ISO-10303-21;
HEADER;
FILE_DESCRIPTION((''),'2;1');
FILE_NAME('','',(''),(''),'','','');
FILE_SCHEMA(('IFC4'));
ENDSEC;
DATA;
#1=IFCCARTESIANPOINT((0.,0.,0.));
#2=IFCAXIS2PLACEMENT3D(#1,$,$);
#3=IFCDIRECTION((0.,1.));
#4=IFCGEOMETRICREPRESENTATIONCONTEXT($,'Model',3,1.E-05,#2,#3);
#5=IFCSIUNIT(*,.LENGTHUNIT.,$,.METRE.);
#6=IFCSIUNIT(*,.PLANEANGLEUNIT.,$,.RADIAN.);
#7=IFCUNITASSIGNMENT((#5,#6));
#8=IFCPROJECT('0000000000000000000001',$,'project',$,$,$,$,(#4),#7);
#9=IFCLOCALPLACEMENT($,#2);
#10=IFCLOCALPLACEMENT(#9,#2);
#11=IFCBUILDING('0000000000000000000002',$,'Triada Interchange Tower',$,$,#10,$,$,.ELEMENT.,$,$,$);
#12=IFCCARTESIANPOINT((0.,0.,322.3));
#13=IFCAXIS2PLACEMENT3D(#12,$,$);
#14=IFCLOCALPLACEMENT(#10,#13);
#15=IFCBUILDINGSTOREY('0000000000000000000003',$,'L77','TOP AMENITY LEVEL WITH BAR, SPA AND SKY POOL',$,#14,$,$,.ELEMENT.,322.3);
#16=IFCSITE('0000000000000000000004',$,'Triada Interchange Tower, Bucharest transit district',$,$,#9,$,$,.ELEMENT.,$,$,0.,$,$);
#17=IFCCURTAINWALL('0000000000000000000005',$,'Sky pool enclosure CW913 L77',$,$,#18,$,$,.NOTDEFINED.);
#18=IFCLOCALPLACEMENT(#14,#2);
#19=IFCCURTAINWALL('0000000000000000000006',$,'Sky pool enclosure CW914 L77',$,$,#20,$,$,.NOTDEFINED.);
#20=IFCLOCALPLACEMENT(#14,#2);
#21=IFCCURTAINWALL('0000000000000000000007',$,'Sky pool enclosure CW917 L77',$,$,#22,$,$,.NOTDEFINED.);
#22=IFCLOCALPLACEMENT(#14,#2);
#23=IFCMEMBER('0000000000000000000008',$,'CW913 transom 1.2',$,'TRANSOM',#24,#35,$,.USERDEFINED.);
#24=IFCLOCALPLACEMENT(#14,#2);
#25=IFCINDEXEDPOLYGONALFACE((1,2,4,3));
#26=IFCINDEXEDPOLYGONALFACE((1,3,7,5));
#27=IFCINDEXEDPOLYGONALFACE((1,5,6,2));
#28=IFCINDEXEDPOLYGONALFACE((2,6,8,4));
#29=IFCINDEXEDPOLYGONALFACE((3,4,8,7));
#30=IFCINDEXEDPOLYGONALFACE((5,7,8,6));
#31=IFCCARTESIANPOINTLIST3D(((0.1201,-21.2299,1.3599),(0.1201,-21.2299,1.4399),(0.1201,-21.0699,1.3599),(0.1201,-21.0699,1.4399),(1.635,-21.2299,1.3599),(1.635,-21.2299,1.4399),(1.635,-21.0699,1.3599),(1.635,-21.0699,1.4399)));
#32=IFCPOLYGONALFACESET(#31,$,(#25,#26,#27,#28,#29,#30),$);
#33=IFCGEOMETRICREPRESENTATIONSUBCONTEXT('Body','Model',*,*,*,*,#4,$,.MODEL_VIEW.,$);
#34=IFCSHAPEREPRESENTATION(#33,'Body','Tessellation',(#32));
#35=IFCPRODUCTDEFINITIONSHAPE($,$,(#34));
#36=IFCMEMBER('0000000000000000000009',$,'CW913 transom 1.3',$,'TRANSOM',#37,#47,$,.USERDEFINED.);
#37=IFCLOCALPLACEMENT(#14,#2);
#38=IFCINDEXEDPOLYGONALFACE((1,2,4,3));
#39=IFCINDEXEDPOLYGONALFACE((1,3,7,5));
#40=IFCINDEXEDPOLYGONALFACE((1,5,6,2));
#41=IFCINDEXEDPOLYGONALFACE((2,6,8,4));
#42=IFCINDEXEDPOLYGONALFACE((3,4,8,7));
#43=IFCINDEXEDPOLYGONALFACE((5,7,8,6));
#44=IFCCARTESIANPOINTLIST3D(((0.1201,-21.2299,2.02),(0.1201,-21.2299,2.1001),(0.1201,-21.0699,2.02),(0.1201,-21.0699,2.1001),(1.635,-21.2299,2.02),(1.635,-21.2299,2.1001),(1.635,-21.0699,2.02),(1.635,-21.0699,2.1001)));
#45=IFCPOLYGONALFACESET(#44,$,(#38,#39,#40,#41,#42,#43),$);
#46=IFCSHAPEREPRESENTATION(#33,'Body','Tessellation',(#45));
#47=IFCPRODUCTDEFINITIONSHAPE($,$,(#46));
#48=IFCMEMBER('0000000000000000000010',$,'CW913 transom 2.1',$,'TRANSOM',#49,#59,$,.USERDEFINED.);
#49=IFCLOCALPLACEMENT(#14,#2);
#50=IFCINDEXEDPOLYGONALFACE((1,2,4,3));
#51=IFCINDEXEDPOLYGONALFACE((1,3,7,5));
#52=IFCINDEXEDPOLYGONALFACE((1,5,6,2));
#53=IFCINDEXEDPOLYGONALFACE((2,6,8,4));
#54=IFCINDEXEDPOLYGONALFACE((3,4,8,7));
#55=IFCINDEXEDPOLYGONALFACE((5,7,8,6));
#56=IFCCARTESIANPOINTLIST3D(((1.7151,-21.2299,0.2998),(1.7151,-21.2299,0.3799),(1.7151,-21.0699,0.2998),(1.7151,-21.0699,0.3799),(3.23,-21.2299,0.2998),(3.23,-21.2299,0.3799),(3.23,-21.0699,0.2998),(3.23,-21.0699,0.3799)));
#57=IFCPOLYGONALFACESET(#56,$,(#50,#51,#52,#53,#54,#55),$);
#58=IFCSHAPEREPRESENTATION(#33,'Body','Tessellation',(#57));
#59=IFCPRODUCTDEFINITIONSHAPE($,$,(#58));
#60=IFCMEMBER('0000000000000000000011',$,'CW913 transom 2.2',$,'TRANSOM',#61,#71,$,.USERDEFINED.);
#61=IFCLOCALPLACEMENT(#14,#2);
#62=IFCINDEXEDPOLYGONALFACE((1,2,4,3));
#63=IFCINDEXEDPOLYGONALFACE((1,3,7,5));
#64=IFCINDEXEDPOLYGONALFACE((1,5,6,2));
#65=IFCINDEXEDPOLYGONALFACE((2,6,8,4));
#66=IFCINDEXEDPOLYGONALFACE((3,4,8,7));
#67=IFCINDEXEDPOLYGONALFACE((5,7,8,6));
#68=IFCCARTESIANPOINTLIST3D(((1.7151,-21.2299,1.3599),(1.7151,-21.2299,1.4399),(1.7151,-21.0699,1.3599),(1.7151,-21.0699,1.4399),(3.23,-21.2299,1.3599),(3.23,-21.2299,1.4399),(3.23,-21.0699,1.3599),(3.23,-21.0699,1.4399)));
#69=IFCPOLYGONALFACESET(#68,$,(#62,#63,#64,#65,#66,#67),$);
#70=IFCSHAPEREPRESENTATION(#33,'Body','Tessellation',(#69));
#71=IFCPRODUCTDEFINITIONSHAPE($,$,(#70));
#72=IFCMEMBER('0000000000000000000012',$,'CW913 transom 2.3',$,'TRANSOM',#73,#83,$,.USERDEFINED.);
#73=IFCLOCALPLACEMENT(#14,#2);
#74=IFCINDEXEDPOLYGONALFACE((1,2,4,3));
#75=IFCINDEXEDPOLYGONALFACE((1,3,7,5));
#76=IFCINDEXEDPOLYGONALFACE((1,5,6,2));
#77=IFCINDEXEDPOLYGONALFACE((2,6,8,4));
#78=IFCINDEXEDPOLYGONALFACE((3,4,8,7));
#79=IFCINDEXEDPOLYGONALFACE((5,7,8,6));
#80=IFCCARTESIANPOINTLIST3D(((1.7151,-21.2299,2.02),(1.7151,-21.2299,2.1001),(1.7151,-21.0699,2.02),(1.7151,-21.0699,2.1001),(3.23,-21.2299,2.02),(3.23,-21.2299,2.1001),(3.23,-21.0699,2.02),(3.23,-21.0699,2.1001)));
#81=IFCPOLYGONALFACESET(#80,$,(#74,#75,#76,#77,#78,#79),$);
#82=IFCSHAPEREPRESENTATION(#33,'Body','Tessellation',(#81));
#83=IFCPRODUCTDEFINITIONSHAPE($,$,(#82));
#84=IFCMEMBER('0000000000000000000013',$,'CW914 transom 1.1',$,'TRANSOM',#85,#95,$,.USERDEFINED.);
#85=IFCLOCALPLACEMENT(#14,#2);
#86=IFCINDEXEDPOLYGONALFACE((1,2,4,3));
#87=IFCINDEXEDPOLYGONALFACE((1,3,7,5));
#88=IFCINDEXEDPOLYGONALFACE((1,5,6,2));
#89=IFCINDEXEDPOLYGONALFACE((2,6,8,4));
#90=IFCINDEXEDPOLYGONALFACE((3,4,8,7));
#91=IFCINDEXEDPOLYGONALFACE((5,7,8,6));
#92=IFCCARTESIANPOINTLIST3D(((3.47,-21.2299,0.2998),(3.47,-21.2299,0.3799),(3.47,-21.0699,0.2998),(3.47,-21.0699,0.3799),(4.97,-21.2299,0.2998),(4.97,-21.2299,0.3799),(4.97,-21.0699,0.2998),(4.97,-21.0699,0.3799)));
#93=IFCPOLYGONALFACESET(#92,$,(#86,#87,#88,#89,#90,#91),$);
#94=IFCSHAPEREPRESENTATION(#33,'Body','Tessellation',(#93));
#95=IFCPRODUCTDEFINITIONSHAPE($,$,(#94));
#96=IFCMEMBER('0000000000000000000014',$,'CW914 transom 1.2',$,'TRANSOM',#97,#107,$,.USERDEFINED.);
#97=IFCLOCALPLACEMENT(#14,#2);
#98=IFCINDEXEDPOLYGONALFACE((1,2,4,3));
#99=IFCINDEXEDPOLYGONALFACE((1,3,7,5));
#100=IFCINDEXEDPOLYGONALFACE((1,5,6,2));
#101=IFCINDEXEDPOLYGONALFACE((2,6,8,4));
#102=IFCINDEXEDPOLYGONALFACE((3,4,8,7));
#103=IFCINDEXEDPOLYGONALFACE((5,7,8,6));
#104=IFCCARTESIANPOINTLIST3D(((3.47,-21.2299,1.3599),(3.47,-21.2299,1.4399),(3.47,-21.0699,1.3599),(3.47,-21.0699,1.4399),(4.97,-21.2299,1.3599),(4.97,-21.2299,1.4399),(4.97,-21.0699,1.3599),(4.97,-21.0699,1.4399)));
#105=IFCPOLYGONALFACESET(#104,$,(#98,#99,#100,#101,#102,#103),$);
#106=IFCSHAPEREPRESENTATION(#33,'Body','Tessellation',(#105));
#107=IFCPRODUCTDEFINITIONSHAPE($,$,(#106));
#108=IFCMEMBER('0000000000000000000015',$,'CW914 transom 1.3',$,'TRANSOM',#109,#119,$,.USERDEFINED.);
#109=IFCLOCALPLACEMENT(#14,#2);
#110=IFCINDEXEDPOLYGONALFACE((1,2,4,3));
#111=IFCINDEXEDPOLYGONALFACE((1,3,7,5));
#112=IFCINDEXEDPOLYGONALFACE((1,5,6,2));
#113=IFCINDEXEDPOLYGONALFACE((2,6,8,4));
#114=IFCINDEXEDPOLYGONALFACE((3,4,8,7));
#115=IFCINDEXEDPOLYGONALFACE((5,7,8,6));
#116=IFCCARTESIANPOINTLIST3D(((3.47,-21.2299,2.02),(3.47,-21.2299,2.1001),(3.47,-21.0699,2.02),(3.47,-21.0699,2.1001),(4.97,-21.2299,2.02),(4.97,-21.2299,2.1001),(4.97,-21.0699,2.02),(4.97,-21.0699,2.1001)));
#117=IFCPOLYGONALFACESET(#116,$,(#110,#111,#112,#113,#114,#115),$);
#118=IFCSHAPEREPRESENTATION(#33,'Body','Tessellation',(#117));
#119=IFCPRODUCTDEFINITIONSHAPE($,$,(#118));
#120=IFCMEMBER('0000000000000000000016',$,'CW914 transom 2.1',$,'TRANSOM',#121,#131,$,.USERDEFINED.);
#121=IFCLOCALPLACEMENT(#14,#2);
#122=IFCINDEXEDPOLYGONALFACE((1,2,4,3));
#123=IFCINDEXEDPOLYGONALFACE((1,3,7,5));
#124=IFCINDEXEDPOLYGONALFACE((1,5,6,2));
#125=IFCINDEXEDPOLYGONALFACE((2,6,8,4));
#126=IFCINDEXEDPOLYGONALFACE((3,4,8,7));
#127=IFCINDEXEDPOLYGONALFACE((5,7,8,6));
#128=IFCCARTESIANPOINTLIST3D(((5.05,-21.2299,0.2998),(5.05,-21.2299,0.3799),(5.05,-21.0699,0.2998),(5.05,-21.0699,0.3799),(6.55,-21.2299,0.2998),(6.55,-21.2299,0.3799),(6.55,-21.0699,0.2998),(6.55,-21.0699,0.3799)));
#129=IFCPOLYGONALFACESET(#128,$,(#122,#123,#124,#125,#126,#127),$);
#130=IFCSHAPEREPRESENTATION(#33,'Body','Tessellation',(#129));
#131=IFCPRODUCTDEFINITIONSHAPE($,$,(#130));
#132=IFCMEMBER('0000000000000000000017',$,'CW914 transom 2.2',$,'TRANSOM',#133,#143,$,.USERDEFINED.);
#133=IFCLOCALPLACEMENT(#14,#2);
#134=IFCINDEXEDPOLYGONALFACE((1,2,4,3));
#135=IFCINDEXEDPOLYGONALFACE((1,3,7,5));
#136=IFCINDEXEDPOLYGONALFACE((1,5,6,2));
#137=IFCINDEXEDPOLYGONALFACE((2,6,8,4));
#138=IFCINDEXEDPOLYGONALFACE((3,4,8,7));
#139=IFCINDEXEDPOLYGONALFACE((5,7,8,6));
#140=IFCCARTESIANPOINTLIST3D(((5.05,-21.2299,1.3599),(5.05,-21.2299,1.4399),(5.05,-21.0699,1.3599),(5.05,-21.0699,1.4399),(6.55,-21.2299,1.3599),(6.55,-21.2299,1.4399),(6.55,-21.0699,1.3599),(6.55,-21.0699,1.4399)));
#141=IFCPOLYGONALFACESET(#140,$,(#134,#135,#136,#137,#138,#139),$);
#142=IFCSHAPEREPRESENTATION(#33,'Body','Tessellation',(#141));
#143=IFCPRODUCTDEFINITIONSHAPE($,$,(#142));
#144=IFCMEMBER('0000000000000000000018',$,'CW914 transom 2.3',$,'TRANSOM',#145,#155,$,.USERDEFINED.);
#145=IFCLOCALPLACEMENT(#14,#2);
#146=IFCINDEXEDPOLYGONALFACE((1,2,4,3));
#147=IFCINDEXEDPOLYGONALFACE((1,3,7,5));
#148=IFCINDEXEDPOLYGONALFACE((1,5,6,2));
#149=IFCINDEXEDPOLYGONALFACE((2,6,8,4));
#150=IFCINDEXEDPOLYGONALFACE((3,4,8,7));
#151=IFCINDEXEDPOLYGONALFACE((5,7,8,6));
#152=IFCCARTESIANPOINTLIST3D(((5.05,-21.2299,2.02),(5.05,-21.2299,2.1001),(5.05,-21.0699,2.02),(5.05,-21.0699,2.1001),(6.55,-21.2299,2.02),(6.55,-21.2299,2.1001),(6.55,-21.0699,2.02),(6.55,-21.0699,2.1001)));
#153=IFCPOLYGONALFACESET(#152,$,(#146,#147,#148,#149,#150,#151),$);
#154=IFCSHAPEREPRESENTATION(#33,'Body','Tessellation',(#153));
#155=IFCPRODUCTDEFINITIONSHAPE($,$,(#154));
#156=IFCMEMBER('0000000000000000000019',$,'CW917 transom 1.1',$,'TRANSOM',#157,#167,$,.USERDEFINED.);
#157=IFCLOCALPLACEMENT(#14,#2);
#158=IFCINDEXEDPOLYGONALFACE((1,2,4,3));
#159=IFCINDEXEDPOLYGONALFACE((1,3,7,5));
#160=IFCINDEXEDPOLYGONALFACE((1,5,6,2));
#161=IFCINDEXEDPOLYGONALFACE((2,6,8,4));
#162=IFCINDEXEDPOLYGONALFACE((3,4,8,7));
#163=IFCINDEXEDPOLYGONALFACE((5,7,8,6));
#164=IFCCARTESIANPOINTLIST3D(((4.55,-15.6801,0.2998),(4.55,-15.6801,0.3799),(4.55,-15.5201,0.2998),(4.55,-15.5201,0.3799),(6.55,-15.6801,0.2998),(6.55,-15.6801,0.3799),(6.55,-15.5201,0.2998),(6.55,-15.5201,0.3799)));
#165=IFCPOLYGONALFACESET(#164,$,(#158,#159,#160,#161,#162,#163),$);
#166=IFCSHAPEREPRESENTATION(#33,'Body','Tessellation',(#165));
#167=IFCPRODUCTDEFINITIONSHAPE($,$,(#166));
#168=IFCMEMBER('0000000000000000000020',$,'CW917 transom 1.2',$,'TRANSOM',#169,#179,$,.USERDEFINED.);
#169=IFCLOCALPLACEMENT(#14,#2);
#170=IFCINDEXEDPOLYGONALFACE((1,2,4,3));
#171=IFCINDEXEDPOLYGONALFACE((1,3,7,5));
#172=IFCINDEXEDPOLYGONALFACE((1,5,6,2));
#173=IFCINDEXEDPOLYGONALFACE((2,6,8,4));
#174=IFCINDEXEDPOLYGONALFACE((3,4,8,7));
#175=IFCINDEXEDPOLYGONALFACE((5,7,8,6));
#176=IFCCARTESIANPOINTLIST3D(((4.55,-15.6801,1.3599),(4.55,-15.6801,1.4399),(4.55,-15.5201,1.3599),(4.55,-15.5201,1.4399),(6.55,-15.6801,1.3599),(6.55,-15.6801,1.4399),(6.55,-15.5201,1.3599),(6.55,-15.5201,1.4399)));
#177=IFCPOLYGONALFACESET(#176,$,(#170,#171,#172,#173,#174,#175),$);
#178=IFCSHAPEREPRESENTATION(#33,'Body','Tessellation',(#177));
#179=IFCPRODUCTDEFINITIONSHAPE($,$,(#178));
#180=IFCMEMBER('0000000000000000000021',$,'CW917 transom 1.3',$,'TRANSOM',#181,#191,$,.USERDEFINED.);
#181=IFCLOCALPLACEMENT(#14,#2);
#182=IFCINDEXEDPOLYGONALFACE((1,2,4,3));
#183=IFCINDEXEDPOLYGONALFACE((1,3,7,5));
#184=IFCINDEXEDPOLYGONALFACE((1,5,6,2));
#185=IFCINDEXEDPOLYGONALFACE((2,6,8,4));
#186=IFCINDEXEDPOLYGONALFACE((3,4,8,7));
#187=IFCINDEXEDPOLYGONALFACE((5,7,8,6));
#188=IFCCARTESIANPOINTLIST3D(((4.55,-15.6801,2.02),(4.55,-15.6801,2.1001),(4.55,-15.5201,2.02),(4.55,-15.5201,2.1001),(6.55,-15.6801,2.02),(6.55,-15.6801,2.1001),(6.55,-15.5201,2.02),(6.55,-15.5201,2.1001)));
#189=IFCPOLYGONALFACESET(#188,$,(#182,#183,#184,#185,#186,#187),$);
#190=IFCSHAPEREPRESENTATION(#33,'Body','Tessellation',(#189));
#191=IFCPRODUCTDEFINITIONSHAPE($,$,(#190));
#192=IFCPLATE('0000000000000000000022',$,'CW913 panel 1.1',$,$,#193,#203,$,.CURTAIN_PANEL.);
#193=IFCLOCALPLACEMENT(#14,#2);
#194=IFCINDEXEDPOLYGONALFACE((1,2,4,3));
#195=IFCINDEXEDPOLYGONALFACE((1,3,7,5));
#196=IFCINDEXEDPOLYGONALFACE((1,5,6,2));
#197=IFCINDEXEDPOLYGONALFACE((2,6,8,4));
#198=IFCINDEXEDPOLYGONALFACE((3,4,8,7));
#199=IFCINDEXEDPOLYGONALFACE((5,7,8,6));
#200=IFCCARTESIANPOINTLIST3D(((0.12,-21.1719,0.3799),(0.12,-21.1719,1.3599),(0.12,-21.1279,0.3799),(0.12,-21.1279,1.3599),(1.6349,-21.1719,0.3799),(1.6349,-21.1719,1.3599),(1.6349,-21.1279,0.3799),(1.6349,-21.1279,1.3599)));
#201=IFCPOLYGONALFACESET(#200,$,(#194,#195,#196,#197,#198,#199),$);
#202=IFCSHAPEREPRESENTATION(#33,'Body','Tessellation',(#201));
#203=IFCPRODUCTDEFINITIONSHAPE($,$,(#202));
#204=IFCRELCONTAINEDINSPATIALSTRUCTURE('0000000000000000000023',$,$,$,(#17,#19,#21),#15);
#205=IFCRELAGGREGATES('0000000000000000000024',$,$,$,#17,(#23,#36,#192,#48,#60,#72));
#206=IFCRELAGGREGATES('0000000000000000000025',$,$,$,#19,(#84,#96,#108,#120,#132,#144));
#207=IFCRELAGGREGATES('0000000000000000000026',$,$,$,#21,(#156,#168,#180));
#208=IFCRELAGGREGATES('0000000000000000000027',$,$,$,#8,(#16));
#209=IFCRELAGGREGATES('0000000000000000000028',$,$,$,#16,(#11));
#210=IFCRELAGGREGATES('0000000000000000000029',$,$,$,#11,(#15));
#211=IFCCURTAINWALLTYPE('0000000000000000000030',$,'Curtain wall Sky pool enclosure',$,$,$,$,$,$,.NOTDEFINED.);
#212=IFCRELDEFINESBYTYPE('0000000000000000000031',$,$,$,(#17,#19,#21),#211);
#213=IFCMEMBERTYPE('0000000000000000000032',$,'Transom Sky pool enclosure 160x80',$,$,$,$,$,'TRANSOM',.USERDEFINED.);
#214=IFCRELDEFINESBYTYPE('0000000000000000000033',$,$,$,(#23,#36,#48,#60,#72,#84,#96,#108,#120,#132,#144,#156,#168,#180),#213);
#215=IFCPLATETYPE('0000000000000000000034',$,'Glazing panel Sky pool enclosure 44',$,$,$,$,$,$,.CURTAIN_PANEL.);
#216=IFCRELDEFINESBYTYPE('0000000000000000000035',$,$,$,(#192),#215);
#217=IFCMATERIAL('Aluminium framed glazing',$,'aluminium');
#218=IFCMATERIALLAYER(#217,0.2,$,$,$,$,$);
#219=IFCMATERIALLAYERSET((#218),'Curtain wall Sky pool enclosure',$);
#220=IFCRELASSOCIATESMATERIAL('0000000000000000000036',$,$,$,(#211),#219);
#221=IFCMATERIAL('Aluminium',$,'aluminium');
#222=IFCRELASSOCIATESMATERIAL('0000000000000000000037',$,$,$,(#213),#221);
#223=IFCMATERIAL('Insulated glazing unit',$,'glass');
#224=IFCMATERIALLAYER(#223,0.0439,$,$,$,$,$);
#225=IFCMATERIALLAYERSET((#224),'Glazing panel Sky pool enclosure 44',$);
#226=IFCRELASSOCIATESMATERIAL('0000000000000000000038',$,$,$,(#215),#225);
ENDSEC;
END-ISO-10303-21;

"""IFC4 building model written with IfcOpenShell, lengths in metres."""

from ifc_helpers import new_model, si_unit, direction, frame, origin, origin_2d, place, context, subcontext, project, spatial, rectangle, extrude, material, layer, layer_set, material_profile, profile_set, type_object, element, aggregate, save


model = new_model("IFC4")

# Units and contexts
model_context = context("Model", 3, precision=1e-05, world=origin(), true_north=direction((0.0, 1.0)))
body_context = subcontext(model_context, "Body", "Model", "MODEL_VIEW")
ifc_project = project(units=[si_unit("LENGTHUNIT", "METRE"), si_unit("PLANEANGLEUNIT", "RADIAN")], contexts=[model_context])

# Site, building, storey
site_placement = place(None, origin())
site = spatial("IfcSite", under=ifc_project, at=site_placement, Name="Triada Interchange Tower, Bucharest transit district", CompositionType="ELEMENT", RefElevation=0.0)
building_placement = place(site_placement, origin())
building = spatial("IfcBuilding", under=site, at=building_placement, Name="Triada Interchange Tower", CompositionType="ELEMENT")
storey_placement = place(building_placement, frame((0.0, 0.0, 322.3)))
storey = spatial("IfcBuildingStorey", under=building, at=storey_placement, Name="L77", Description="TOP AMENITY LEVEL WITH BAR, SPA AND SKY POOL", CompositionType="ELEMENT", Elevation=322.3)

# Shared definitions
ifc_material_1 = material(Name="Aluminium framed glazing", Category="aluminium")
ifc_layer_1 = layer(ifc_material_1, 0.2)
ifc_layer_set_1 = layer_set([ifc_layer_1], Name="Curtain wall Sky pool enclosure")
curtain_wall_type = type_object("IfcCurtainWallType", Name="Curtain wall Sky pool enclosure", PredefinedType="NOTDEFINED", material=ifc_layer_set_1)
ifc_material_2 = material(Name="Aluminium", Category="aluminium")

# Curtain walls
curtain_wall_1_placement = place(storey_placement, origin())
curtain_wall_1 = element("IfcCurtainWall", 1, at=curtain_wall_1_placement, inside=storey, type_object=curtain_wall_type, Name="Sky pool enclosure CW913 L77", PredefinedType="NOTDEFINED")
curtain_wall_2_placement = place(storey_placement, origin())
curtain_wall_2 = element("IfcCurtainWall", 2, at=curtain_wall_2_placement, inside=storey, type_object=curtain_wall_type, Name="Sky pool enclosure CW914 L77", PredefinedType="NOTDEFINED")

# Curtain wall
curtain_wall_3_placement = place(storey_placement, origin())
curtain_wall_3 = element("IfcCurtainWall", 3, at=curtain_wall_3_placement, inside=storey, type_object=curtain_wall_type, Name="Sky pool enclosure CW917 L77", PredefinedType="NOTDEFINED")

# Members
ifc_material_profile_1 = material_profile(ifc_material_2, rectangle(XDim=0.1599, YDim=0.0801, at=origin_2d()), Name="Aluminium transom")
ifc_profile_set_1 = profile_set([ifc_material_profile_1], Name="Aluminium")
member_type_1 = type_object("IfcMemberType", Name="Transom Sky pool enclosure 160x80", ElementType="TRANSOM", PredefinedType="USERDEFINED", material=ifc_profile_set_1)
member_1_placement = place(storey_placement, frame((0.1201, -21.1499, 1.3999), z_axis=(1.0, 0.0, 0.0), x_axis=(0.0, 1.0, 0.0)))
member_1 = element("IfcMember", 4, at=member_1_placement, type_object=member_type_1, Name="CW913 transom 1.2", ObjectType="TRANSOM", PredefinedType="USERDEFINED", context=body_context, shape_type="SweptSolid", body=[
    extrude(rectangle(XDim=0.1599, YDim=0.0801, at=origin_2d()), origin(), (0.0, 0.0, 1.0), 1.5149),
])
member_2_placement = place(storey_placement, frame((0.1201, -21.1499, 2.0601), z_axis=(1.0, 0.0, 0.0), x_axis=(0.0, 1.0, 0.0)))
member_2 = element("IfcMember", 5, at=member_2_placement, type_object=member_type_1, Name="CW913 transom 1.3", ObjectType="TRANSOM", PredefinedType="USERDEFINED", context=body_context, shape_type="SweptSolid", body=[
    extrude(rectangle(XDim=0.1599, YDim=0.0801, at=origin_2d()), origin(), (0.0, 0.0, 1.0), 1.5149),
])
member_3_placement = place(storey_placement, frame((1.7151, -21.1499, 0.3398), z_axis=(1.0, 0.0, 0.0), x_axis=(0.0, 1.0, 0.0)))
member_3 = element("IfcMember", 6, at=member_3_placement, type_object=member_type_1, Name="CW913 transom 2.1", ObjectType="TRANSOM", PredefinedType="USERDEFINED", context=body_context, shape_type="SweptSolid", body=[
    extrude(rectangle(XDim=0.1599, YDim=0.0801, at=origin_2d()), origin(), (0.0, 0.0, 1.0), 1.5149),
])
member_4_placement = place(storey_placement, frame((1.7151, -21.1499, 1.3999), z_axis=(1.0, 0.0, 0.0), x_axis=(0.0, 1.0, 0.0)))
member_4 = element("IfcMember", 7, at=member_4_placement, type_object=member_type_1, Name="CW913 transom 2.2", ObjectType="TRANSOM", PredefinedType="USERDEFINED", context=body_context, shape_type="SweptSolid", body=[
    extrude(rectangle(XDim=0.1599, YDim=0.0801, at=origin_2d()), origin(), (0.0, 0.0, 1.0), 1.5149),
])
member_5_placement = place(storey_placement, frame((1.7151, -21.1499, 2.0601), z_axis=(1.0, 0.0, 0.0), x_axis=(0.0, 1.0, 0.0)))
member_5 = element("IfcMember", 8, at=member_5_placement, type_object=member_type_1, Name="CW913 transom 2.3", ObjectType="TRANSOM", PredefinedType="USERDEFINED", context=body_context, shape_type="SweptSolid", body=[
    extrude(rectangle(XDim=0.1599, YDim=0.0801, at=origin_2d()), origin(), (0.0, 0.0, 1.0), 1.5149),
])
member_6_placement = place(storey_placement, frame((3.47, -21.1499, 0.3398), z_axis=(1.0, 0.0, 0.0), x_axis=(0.0, 1.0, 0.0)))
member_6 = element("IfcMember", 9, at=member_6_placement, type_object=member_type_1, Name="CW914 transom 1.1", ObjectType="TRANSOM", PredefinedType="USERDEFINED", context=body_context, shape_type="SweptSolid", body=[
    extrude(rectangle(XDim=0.1599, YDim=0.0801, at=origin_2d()), origin(), (0.0, 0.0, 1.0), 1.5),
])
member_7_placement = place(storey_placement, frame((3.47, -21.1499, 1.3999), z_axis=(1.0, 0.0, 0.0), x_axis=(0.0, 1.0, 0.0)))
member_7 = element("IfcMember", 10, at=member_7_placement, type_object=member_type_1, Name="CW914 transom 1.2", ObjectType="TRANSOM", PredefinedType="USERDEFINED", context=body_context, shape_type="SweptSolid", body=[
    extrude(rectangle(XDim=0.1599, YDim=0.0801, at=origin_2d()), origin(), (0.0, 0.0, 1.0), 1.5),
])
member_8_placement = place(storey_placement, frame((3.47, -21.1499, 2.0601), z_axis=(1.0, 0.0, 0.0), x_axis=(0.0, 1.0, 0.0)))
member_8 = element("IfcMember", 11, at=member_8_placement, type_object=member_type_1, Name="CW914 transom 1.3", ObjectType="TRANSOM", PredefinedType="USERDEFINED", context=body_context, shape_type="SweptSolid", body=[
    extrude(rectangle(XDim=0.1599, YDim=0.0801, at=origin_2d()), origin(), (0.0, 0.0, 1.0), 1.5),
])
member_9_placement = place(storey_placement, frame((5.05, -21.1499, 0.3398), z_axis=(1.0, 0.0, 0.0), x_axis=(0.0, 1.0, 0.0)))
member_9 = element("IfcMember", 12, at=member_9_placement, type_object=member_type_1, Name="CW914 transom 2.1", ObjectType="TRANSOM", PredefinedType="USERDEFINED", context=body_context, shape_type="SweptSolid", body=[
    extrude(rectangle(XDim=0.1599, YDim=0.0801, at=origin_2d()), origin(), (0.0, 0.0, 1.0), 1.5),
])
member_10_placement = place(storey_placement, frame((5.05, -21.1499, 1.3999), z_axis=(1.0, 0.0, 0.0), x_axis=(0.0, 1.0, 0.0)))
member_10 = element("IfcMember", 13, at=member_10_placement, type_object=member_type_1, Name="CW914 transom 2.2", ObjectType="TRANSOM", PredefinedType="USERDEFINED", context=body_context, shape_type="SweptSolid", body=[
    extrude(rectangle(XDim=0.1599, YDim=0.0801, at=origin_2d()), origin(), (0.0, 0.0, 1.0), 1.5),
])
member_11_placement = place(storey_placement, frame((5.05, -21.1499, 2.0601), z_axis=(1.0, 0.0, 0.0), x_axis=(0.0, 1.0, 0.0)))
member_11 = element("IfcMember", 14, at=member_11_placement, type_object=member_type_1, Name="CW914 transom 2.3", ObjectType="TRANSOM", PredefinedType="USERDEFINED", context=body_context, shape_type="SweptSolid", body=[
    extrude(rectangle(XDim=0.1599, YDim=0.0801, at=origin_2d()), origin(), (0.0, 0.0, 1.0), 1.5),
])
member_12_placement = place(storey_placement, frame((6.55, -15.6001, 0.3398), z_axis=(-1.0, 0.0, 0.0), x_axis=(0.0, -1.0, 0.0)))
member_12 = element("IfcMember", 15, at=member_12_placement, type_object=member_type_1, Name="CW917 transom 1.1", ObjectType="TRANSOM", PredefinedType="USERDEFINED", context=body_context, shape_type="SweptSolid", body=[
    extrude(rectangle(XDim=0.1599, YDim=0.0801, at=origin_2d()), origin(), (0.0, 0.0, 1.0), 2.0),
])
member_13_placement = place(storey_placement, frame((6.55, -15.6001, 1.3999), z_axis=(-1.0, 0.0, 0.0), x_axis=(0.0, -1.0, 0.0)))
member_13 = element("IfcMember", 16, at=member_13_placement, type_object=member_type_1, Name="CW917 transom 1.2", ObjectType="TRANSOM", PredefinedType="USERDEFINED", context=body_context, shape_type="SweptSolid", body=[
    extrude(rectangle(XDim=0.1599, YDim=0.0801, at=origin_2d()), origin(), (0.0, 0.0, 1.0), 2.0),
])
member_14_placement = place(storey_placement, frame((6.55, -15.6001, 2.0601), z_axis=(-1.0, 0.0, 0.0), x_axis=(0.0, -1.0, 0.0)))
member_14 = element("IfcMember", 17, at=member_14_placement, type_object=member_type_1, Name="CW917 transom 1.3", ObjectType="TRANSOM", PredefinedType="USERDEFINED", context=body_context, shape_type="SweptSolid", body=[
    extrude(rectangle(XDim=0.1599, YDim=0.0801, at=origin_2d()), origin(), (0.0, 0.0, 1.0), 2.0),
])

# Plate
ifc_material_3 = material(Name="Insulated glazing unit", Category="glass")
ifc_layer_2 = layer(ifc_material_3, 0.0439)
ifc_layer_set_2 = layer_set([ifc_layer_2], Name="Glazing panel Sky pool enclosure 44")
plate_type = type_object("IfcPlateType", Name="Glazing panel Sky pool enclosure 44", PredefinedType="CURTAIN_PANEL", material=ifc_layer_set_2)
plate_1_placement = place(storey_placement, frame((0.8774, -21.1499, 0.3799), z_axis=(0.0, 0.0, 1.0), x_axis=(1.0, 0.0, 0.0)))
plate_1 = element("IfcPlate", 18, at=plate_1_placement, type_object=plate_type, Name="CW913 panel 1.1", PredefinedType="CURTAIN_PANEL", context=body_context, shape_type="SweptSolid", body=[
    extrude(rectangle(XDim=1.5149, YDim=0.0439, at=origin_2d()), origin(), (0.0, 0.0, 1.0), 0.98),
])
aggregate(curtain_wall_1, [member_1, member_2, plate_1, member_3, member_4, member_5])
aggregate(curtain_wall_2, [member_6, member_7, member_8, member_9, member_10, member_11])
aggregate(curtain_wall_3, [member_12, member_13, member_14])

save(model, "model.ifc")
